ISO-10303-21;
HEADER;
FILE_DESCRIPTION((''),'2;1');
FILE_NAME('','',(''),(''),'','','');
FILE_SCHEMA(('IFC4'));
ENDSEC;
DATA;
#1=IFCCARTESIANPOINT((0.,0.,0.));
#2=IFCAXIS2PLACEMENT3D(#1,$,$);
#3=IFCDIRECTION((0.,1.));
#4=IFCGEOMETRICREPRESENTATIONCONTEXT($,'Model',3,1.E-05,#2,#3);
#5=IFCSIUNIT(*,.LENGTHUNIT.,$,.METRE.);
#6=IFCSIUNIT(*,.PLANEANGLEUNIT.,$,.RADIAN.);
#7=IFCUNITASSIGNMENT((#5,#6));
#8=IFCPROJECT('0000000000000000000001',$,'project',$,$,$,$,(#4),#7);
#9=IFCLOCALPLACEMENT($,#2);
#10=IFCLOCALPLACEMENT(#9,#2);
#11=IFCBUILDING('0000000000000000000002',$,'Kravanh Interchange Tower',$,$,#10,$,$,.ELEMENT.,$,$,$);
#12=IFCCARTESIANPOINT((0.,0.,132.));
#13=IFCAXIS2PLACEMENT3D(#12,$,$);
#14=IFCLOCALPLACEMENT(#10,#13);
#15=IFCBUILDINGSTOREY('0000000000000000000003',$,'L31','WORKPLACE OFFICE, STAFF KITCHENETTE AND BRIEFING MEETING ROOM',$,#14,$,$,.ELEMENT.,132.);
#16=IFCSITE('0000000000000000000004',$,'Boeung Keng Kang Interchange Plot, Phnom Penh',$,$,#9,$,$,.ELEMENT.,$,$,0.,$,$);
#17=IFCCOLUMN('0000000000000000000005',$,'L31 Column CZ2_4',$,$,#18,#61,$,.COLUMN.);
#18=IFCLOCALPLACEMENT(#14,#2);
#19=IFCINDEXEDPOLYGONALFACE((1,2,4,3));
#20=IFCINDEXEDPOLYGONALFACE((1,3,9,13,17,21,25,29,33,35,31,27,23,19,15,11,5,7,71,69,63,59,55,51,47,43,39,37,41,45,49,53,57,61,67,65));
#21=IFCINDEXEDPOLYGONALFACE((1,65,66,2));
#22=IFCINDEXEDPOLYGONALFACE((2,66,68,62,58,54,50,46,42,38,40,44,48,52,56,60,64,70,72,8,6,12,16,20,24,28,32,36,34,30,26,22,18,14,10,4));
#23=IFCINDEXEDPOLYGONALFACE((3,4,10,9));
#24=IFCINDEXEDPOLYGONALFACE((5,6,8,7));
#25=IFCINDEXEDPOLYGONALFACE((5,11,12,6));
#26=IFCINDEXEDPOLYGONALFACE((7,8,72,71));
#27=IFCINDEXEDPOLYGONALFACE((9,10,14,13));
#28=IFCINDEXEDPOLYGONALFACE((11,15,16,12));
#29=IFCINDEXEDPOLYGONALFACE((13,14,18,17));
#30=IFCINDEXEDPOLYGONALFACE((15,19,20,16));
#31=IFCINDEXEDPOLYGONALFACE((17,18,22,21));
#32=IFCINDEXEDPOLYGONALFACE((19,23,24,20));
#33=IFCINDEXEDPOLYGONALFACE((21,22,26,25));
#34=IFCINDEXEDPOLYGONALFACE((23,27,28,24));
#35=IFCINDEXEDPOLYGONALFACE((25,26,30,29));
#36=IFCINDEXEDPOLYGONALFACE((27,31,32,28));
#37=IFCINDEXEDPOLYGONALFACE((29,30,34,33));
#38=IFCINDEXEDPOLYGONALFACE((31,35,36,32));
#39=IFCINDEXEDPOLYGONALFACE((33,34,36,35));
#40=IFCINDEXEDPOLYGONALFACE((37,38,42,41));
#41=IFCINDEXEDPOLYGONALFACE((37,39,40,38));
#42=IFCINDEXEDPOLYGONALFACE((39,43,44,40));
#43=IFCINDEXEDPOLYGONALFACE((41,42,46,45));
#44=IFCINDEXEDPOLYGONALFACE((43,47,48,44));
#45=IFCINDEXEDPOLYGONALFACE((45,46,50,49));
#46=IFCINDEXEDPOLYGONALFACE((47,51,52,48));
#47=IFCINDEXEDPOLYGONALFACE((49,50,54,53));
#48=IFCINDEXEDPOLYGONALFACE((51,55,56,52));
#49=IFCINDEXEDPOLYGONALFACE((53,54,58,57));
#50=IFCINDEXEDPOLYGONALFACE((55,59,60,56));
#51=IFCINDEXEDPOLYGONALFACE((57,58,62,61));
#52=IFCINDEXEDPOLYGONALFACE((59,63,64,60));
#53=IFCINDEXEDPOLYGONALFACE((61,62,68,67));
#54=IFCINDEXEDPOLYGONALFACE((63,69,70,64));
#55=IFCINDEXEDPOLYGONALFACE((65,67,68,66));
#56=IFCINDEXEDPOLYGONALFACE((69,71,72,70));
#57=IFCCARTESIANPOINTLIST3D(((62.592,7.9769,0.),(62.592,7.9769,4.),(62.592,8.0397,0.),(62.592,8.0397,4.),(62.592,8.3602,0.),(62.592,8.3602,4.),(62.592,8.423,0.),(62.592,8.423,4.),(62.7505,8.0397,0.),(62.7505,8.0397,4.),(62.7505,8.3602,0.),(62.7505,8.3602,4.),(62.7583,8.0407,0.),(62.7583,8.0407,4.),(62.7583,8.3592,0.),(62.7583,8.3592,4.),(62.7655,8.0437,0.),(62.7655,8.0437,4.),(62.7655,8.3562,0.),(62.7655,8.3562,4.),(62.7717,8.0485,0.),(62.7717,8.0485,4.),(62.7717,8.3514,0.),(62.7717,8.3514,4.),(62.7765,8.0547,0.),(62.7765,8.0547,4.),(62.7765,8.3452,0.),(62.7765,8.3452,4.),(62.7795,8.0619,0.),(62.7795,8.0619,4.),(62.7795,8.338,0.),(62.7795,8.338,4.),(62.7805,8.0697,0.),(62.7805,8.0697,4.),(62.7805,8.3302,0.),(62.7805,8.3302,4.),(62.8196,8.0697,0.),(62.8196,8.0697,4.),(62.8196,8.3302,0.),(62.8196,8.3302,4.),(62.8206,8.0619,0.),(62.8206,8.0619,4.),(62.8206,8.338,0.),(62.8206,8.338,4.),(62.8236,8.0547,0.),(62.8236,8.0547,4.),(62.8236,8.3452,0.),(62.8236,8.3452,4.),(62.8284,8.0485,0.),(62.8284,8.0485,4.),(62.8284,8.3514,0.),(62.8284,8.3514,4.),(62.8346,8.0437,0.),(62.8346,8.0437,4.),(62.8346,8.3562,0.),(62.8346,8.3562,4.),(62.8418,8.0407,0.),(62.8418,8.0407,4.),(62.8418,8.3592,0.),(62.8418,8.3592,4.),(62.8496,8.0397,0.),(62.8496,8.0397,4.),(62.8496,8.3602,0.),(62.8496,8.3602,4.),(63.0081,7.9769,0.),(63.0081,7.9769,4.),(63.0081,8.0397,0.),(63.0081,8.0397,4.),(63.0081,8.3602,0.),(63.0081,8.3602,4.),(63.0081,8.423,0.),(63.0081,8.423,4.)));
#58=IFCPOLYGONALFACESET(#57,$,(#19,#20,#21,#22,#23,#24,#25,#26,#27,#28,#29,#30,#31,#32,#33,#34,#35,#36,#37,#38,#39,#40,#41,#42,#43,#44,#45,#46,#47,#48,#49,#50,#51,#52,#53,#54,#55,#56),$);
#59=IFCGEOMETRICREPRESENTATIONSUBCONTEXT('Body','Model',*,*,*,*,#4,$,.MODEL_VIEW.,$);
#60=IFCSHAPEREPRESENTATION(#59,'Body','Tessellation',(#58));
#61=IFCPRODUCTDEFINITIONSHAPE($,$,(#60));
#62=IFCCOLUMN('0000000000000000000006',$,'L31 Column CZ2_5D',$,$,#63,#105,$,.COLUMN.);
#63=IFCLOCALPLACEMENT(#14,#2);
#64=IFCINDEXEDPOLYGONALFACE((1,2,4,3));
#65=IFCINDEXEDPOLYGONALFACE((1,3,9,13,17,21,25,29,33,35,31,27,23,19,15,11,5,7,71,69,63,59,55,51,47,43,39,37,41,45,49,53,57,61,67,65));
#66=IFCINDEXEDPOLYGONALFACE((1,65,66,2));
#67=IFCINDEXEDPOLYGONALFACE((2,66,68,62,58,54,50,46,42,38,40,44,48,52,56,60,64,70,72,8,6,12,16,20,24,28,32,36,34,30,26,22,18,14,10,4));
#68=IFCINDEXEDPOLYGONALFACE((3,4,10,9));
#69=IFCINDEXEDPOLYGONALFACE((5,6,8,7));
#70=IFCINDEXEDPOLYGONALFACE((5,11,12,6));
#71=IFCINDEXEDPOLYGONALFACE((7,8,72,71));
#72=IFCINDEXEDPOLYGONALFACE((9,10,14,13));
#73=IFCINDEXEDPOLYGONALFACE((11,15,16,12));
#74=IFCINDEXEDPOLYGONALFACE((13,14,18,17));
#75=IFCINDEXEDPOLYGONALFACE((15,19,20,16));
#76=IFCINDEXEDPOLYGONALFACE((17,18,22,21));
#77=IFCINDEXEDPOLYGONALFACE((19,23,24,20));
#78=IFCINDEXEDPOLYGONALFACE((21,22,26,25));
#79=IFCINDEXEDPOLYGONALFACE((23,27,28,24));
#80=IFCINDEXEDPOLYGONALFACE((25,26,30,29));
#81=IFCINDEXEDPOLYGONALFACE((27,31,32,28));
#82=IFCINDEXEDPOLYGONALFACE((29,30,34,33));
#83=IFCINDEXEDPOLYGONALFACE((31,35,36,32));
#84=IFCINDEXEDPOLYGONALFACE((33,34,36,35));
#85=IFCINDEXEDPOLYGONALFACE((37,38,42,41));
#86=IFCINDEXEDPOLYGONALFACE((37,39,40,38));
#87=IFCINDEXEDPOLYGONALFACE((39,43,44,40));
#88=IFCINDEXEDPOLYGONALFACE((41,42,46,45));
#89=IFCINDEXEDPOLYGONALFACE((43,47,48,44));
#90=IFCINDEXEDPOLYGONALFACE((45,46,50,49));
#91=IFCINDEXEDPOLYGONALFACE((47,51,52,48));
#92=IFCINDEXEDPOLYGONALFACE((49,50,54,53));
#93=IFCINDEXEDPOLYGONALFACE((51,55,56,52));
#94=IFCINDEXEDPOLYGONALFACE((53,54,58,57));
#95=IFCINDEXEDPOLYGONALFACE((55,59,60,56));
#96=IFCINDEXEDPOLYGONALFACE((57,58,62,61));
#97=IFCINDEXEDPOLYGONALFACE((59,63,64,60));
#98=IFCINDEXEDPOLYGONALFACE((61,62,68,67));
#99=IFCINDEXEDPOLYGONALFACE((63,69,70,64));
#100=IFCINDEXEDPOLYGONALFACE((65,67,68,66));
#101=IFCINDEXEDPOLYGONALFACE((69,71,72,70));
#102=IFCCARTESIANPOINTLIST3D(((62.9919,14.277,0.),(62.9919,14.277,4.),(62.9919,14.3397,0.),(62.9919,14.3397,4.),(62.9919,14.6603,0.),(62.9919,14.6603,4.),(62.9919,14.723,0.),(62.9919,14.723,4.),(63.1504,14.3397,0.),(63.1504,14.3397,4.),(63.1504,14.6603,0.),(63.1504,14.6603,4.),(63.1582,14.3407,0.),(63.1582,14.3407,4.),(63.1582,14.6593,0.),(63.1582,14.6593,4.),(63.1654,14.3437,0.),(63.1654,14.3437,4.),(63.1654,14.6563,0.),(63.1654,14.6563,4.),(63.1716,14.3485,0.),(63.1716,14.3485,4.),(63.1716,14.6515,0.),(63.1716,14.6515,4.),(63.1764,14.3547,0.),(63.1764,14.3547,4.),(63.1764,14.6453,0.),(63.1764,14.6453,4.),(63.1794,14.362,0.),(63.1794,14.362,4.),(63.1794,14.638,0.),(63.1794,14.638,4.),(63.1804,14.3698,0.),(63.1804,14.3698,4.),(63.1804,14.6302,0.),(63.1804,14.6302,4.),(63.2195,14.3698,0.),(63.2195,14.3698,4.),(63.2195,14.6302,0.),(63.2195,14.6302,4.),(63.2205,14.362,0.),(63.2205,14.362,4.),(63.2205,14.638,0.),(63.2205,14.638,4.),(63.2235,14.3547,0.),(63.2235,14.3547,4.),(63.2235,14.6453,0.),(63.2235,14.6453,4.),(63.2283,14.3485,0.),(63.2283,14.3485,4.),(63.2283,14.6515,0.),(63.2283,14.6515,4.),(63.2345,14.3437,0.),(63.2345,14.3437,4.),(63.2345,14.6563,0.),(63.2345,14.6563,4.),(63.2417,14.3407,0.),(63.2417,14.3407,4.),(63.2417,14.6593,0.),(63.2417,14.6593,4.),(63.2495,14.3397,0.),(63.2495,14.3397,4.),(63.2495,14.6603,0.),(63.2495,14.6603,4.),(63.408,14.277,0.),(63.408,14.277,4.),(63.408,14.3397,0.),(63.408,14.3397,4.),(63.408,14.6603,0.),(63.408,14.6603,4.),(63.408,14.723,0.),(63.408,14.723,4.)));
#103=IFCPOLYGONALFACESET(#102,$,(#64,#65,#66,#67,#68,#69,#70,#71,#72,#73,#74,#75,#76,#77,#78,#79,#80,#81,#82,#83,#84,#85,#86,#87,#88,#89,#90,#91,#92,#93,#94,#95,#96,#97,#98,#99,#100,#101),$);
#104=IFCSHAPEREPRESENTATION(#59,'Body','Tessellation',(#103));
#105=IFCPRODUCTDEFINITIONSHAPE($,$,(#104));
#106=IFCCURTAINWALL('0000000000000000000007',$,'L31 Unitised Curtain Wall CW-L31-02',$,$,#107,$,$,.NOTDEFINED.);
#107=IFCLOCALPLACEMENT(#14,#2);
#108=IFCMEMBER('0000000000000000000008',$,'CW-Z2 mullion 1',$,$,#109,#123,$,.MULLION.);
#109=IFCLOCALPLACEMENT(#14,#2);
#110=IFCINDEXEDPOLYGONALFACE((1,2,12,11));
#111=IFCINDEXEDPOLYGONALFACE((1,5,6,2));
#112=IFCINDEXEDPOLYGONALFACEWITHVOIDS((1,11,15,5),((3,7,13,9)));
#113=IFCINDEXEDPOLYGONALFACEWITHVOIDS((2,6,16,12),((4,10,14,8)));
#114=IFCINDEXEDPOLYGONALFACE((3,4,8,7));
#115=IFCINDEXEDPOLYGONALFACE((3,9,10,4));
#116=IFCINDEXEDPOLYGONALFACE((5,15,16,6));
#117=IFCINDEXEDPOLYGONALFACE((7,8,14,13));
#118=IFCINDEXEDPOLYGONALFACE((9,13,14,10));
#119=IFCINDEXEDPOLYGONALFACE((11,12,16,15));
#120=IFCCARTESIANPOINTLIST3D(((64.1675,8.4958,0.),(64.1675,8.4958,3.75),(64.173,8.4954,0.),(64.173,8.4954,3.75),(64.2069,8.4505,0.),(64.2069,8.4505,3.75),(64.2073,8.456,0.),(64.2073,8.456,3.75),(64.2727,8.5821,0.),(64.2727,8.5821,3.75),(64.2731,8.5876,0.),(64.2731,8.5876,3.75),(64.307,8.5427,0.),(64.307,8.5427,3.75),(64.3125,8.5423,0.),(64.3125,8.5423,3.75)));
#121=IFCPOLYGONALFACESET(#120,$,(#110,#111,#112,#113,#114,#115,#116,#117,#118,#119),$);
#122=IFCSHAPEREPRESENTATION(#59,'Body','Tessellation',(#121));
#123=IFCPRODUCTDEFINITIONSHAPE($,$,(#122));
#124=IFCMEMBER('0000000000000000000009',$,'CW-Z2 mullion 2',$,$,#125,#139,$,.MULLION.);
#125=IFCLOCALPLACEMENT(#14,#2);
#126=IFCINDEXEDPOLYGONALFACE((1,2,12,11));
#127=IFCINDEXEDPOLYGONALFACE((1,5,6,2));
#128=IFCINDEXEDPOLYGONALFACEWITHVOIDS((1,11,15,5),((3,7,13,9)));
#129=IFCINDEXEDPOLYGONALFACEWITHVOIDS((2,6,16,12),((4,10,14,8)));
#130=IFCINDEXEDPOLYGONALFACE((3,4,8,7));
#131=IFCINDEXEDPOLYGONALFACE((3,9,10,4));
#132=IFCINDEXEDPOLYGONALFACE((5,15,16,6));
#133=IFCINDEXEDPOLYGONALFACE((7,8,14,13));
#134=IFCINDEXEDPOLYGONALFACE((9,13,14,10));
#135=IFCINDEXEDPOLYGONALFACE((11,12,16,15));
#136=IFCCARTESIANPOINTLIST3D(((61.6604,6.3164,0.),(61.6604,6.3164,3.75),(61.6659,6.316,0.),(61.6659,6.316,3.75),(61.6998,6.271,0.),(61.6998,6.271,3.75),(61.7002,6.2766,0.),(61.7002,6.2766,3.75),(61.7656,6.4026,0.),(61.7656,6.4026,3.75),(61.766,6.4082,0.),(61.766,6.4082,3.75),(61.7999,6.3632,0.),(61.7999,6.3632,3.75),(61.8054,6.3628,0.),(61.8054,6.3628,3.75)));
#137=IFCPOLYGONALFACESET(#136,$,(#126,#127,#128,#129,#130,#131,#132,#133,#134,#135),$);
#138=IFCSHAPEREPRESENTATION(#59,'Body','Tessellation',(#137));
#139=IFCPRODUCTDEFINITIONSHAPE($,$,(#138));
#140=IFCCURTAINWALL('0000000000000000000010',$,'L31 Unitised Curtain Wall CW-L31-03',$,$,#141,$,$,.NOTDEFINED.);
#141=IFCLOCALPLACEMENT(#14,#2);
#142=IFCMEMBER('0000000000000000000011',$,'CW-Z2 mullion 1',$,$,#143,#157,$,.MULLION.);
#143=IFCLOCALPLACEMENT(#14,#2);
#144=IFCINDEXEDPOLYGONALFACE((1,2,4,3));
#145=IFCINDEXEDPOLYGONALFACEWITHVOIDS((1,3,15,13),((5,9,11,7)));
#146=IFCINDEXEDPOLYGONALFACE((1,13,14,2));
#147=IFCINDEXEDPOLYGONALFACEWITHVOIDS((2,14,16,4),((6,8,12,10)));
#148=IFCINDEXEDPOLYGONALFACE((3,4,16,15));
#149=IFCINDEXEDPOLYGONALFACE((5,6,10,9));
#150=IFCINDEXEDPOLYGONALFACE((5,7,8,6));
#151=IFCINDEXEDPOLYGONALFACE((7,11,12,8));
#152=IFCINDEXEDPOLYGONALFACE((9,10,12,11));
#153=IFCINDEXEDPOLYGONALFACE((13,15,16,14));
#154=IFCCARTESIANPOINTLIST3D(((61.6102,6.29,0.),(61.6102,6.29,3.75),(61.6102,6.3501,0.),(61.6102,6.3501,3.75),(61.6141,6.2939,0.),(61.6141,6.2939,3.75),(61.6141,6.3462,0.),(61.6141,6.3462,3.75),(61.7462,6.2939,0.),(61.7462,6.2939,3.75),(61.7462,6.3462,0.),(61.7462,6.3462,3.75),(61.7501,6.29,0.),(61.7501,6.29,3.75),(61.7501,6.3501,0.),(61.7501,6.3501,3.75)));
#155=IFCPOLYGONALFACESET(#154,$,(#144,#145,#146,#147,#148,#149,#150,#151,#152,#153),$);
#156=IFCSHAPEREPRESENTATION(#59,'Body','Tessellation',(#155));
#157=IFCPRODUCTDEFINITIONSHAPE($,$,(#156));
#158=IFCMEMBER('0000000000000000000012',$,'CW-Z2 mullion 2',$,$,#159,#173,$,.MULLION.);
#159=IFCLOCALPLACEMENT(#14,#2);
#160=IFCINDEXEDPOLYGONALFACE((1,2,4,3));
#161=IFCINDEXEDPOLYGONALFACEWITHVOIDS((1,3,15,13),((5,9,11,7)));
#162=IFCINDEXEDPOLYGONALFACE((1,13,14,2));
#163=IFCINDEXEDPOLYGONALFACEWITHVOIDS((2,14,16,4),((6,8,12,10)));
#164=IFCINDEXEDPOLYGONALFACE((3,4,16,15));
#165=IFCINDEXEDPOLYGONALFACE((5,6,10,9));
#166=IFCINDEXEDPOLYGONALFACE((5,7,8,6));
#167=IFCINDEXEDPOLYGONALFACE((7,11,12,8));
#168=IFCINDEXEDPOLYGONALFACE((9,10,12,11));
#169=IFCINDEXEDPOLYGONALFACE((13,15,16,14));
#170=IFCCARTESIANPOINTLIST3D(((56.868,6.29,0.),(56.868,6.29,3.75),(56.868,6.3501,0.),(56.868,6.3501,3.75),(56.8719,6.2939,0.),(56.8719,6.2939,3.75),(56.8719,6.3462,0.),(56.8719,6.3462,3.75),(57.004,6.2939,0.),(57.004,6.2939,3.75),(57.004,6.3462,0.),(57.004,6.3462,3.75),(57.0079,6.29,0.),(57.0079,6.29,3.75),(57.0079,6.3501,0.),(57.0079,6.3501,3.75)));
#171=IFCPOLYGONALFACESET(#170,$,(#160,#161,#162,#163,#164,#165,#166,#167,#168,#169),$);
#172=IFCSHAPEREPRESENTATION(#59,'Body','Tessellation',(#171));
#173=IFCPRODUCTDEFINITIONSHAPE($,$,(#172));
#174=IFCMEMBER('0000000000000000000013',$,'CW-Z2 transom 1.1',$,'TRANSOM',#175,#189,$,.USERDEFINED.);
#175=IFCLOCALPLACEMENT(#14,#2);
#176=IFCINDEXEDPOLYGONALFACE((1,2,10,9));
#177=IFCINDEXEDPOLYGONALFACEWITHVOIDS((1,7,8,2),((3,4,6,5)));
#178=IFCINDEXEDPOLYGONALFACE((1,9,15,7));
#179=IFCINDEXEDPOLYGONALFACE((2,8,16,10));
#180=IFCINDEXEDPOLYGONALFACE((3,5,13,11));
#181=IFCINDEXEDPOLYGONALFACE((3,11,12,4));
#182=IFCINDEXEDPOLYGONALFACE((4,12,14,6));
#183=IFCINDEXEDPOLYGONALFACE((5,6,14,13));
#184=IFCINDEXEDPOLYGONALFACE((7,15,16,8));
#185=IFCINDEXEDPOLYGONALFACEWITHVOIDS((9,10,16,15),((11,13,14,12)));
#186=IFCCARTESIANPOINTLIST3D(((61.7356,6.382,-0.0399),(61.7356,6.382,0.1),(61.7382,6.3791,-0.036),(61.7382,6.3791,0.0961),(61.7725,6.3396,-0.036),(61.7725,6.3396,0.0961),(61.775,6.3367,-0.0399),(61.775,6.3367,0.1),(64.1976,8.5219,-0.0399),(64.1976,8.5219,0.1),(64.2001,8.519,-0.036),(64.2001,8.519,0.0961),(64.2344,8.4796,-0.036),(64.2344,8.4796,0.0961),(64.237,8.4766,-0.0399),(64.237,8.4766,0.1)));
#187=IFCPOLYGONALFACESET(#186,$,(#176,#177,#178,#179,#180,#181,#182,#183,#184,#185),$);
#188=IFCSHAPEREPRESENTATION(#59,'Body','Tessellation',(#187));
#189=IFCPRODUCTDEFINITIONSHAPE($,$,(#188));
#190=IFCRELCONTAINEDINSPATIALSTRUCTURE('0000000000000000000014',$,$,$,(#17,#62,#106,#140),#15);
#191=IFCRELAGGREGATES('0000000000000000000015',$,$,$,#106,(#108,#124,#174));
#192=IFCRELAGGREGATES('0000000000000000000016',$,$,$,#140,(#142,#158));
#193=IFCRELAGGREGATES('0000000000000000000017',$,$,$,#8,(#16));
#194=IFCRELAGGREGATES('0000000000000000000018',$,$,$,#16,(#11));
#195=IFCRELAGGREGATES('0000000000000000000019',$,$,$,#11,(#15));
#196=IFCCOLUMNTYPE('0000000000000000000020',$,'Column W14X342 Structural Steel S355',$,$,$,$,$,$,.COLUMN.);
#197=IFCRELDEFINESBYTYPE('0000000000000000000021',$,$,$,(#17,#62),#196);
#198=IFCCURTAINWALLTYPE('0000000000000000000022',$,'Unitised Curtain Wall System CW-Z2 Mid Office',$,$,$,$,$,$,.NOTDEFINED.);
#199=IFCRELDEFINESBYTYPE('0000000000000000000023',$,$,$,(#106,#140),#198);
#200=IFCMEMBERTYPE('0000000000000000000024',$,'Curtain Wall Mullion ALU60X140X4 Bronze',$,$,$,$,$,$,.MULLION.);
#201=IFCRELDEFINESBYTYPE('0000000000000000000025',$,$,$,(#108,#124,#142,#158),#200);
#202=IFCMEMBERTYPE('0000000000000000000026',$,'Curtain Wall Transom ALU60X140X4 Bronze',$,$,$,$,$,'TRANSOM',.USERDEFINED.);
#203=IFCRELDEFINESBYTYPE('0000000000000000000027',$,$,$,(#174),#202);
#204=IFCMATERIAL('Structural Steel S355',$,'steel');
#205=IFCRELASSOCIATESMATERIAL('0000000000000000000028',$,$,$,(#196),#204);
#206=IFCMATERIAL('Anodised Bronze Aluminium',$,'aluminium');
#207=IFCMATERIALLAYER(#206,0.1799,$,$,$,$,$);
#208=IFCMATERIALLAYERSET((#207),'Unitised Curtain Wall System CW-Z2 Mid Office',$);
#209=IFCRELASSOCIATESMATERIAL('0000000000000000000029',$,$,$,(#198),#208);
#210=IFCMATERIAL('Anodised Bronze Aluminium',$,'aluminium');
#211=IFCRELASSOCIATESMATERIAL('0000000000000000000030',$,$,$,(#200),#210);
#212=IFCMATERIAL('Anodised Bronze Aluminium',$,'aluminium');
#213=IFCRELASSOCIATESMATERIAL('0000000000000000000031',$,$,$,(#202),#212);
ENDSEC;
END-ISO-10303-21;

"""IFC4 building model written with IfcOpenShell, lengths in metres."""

from ifc_helpers import new_model, si_unit, direction, frame, origin, origin_2d, place, context, subcontext, project, spatial, hollow_rectangle, i_section, extrude, material, layer, layer_set, material_profile, profile_set, type_object, element, aggregate, save


model = new_model("IFC4")

# Units and contexts
model_context = context("Model", 3, precision=1e-05, world=origin(), true_north=direction((0.0, 1.0)))
body_context = subcontext(model_context, "Body", "Model", "MODEL_VIEW")
ifc_project = project(units=[si_unit("LENGTHUNIT", "METRE"), si_unit("PLANEANGLEUNIT", "RADIAN")], contexts=[model_context])

# Site, building, storey
site_placement = place(None, origin())
site = spatial("IfcSite", under=ifc_project, at=site_placement, Name="Boeung Keng Kang Interchange Plot, Phnom Penh", CompositionType="ELEMENT", RefElevation=0.0)
building_placement = place(site_placement, origin())
building = spatial("IfcBuilding", under=site, at=building_placement, Name="Kravanh Interchange Tower", CompositionType="ELEMENT")
storey_placement = place(building_placement, frame((0.0, 0.0, 132.0)))
storey = spatial("IfcBuildingStorey", under=building, at=storey_placement, Name="L31", Description="WORKPLACE OFFICE, STAFF KITCHENETTE AND BRIEFING MEETING ROOM", CompositionType="ELEMENT", Elevation=132.0)

# Columns
ifc_material_1 = material(Name="Structural Steel S355", Category="steel")
ifc_material_profile_1 = material_profile(ifc_material_1, i_section(OverallWidth=0.416, OverallDepth=0.446, WebThickness=0.0391, FlangeThickness=0.0627, FilletRadius=0.03, at=origin_2d()), Name="W14X342")
ifc_profile_set_1 = profile_set([ifc_material_profile_1], Name="Structural Steel S355")
column_type = type_object("IfcColumnType", Name="Column W14X342 Structural Steel S355", PredefinedType="COLUMN", material=ifc_profile_set_1)
for number, where, z_axis, x_axis, name in (
    (1, (62.8, 8.2, 0.0), (0.0, 0.0, 1.0), (1.0, 0.0, 0.0), "L31 Column CZ2_4"),
    (2, (63.2, 14.5, 0.0), (0.0, 0.0, 1.0), (1.0, 0.0, 0.0), "L31 Column CZ2_5D"),
):
    element("IfcColumn", number, at=place(storey_placement, frame(where, z_axis=z_axis, x_axis=x_axis)), inside=storey, type_object=column_type, Name=name, PredefinedType="COLUMN", context=body_context, shape_type="SweptSolid", body=[
        extrude(i_section(OverallWidth=0.416, OverallDepth=0.446, WebThickness=0.0391, FlangeThickness=0.0627, FilletRadius=0.03, at=origin_2d()), origin(), (0.0, 0.0, 1.0), 4.0),
    ])

# Curtain walls, members
ifc_material_2 = material(Name="Anodised Bronze Aluminium", Category="aluminium")
ifc_layer_1 = layer(ifc_material_2, 0.1799)
ifc_layer_set_1 = layer_set([ifc_layer_1], Name="Unitised Curtain Wall System CW-Z2 Mid Office")
curtain_wall_type = type_object("IfcCurtainWallType", Name="Unitised Curtain Wall System CW-Z2 Mid Office", PredefinedType="NOTDEFINED", material=ifc_layer_set_1)
curtain_wall_1_placement = place(storey_placement, origin())
curtain_wall_1 = element("IfcCurtainWall", 3, at=curtain_wall_1_placement, inside=storey, type_object=curtain_wall_type, Name="L31 Unitised Curtain Wall CW-L31-02", PredefinedType="NOTDEFINED")
ifc_material_3 = material(Name="Anodised Bronze Aluminium", Category="aluminium")
ifc_material_profile_2 = material_profile(ifc_material_3, hollow_rectangle(XDim=0.0601, YDim=0.1399, WallThickness=0.0039, at=origin_2d()), Name="ALU60X140X4")
ifc_profile_set_2 = profile_set([ifc_material_profile_2], Name="Anodised Bronze Aluminium")
member_type_1 = type_object("IfcMemberType", Name="Curtain Wall Mullion ALU60X140X4 Bronze", PredefinedType="MULLION", material=ifc_profile_set_2)
member_1_placement = place(storey_placement, frame((64.24, 8.519, 0.0), z_axis=(0.0, 0.0, 1.0), x_axis=(0.656048, -0.754719, 0.0)))
member_1 = element("IfcMember", 4, at=member_1_placement, type_object=member_type_1, Name="CW-Z2 mullion 1", PredefinedType="MULLION", context=body_context, shape_type="SweptSolid", body=[
    extrude(hollow_rectangle(XDim=0.0601, YDim=0.1399, WallThickness=0.0039, at=origin_2d()), origin(), (0.0, 0.0, 1.0), 3.75),
])
member_2_placement = place(storey_placement, frame((61.7329, 6.3396, 0.0), z_axis=(0.0, 0.0, 1.0), x_axis=(0.656048, -0.754719, 0.0)))
member_2 = element("IfcMember", 5, at=member_2_placement, type_object=member_type_1, Name="CW-Z2 mullion 2", PredefinedType="MULLION", context=body_context, shape_type="SweptSolid", body=[
    extrude(hollow_rectangle(XDim=0.0601, YDim=0.1399, WallThickness=0.0039, at=origin_2d()), origin(), (0.0, 0.0, 1.0), 3.75),
])
curtain_wall_2_placement = place(storey_placement, origin())
curtain_wall_2 = element("IfcCurtainWall", 6, at=curtain_wall_2_placement, inside=storey, type_object=curtain_wall_type, Name="L31 Unitised Curtain Wall CW-L31-03", PredefinedType="NOTDEFINED")
member_3_placement = place(storey_placement, frame((61.6802, 6.3201, 0.0), z_axis=(0.0, 0.0, 1.0), x_axis=(0.0, -1.0, 0.0)))
member_3 = element("IfcMember", 7, at=member_3_placement, type_object=member_type_1, Name="CW-Z2 mullion 1", PredefinedType="MULLION", context=body_context, shape_type="SweptSolid", body=[
    extrude(hollow_rectangle(XDim=0.0601, YDim=0.1399, WallThickness=0.0039, at=origin_2d()), origin(), (0.0, 0.0, 1.0), 3.75),
])
member_4_placement = place(storey_placement, frame((56.938, 6.3201, 0.0), z_axis=(0.0, 0.0, 1.0), x_axis=(0.0, -1.0, 0.0)))
member_4 = element("IfcMember", 8, at=member_4_placement, type_object=member_type_1, Name="CW-Z2 mullion 2", PredefinedType="MULLION", context=body_context, shape_type="SweptSolid", body=[
    extrude(hollow_rectangle(XDim=0.0601, YDim=0.1399, WallThickness=0.0039, at=origin_2d()), origin(), (0.0, 0.0, 1.0), 3.75),
])

# Member
ifc_material_4 = material(Name="Anodised Bronze Aluminium", Category="aluminium")
ifc_material_profile_3 = material_profile(ifc_material_4, hollow_rectangle(XDim=0.0601, YDim=0.1399, WallThickness=0.0039, at=origin_2d()), Name="ALU60X140X4")
ifc_profile_set_3 = profile_set([ifc_material_profile_3], Name="Anodised Bronze Aluminium")
member_type_2 = type_object("IfcMemberType", Name="Curtain Wall Transom ALU60X140X4 Bronze", ElementType="TRANSOM", PredefinedType="USERDEFINED", material=ifc_profile_set_3)
member_5_placement = place(storey_placement, frame((64.2173, 8.4993, 0.03), z_axis=(-0.754742, -0.656021, 0.0), x_axis=(0.656021, -0.754742, 0.0)))
member_5 = element("IfcMember", 9, at=member_5_placement, type_object=member_type_2, Name="CW-Z2 transom 1.1", ObjectType="TRANSOM", PredefinedType="USERDEFINED", context=body_context, shape_type="SweptSolid", body=[
    extrude(hollow_rectangle(XDim=0.0601, YDim=0.1399, WallThickness=0.0039, at=origin_2d()), origin(), (0.0, 0.0, 1.0), 3.262),
])

aggregate(curtain_wall_1, [member_1, member_2, member_5])
aggregate(curtain_wall_2, [member_3, member_4])

save(model, "model.ifc")
